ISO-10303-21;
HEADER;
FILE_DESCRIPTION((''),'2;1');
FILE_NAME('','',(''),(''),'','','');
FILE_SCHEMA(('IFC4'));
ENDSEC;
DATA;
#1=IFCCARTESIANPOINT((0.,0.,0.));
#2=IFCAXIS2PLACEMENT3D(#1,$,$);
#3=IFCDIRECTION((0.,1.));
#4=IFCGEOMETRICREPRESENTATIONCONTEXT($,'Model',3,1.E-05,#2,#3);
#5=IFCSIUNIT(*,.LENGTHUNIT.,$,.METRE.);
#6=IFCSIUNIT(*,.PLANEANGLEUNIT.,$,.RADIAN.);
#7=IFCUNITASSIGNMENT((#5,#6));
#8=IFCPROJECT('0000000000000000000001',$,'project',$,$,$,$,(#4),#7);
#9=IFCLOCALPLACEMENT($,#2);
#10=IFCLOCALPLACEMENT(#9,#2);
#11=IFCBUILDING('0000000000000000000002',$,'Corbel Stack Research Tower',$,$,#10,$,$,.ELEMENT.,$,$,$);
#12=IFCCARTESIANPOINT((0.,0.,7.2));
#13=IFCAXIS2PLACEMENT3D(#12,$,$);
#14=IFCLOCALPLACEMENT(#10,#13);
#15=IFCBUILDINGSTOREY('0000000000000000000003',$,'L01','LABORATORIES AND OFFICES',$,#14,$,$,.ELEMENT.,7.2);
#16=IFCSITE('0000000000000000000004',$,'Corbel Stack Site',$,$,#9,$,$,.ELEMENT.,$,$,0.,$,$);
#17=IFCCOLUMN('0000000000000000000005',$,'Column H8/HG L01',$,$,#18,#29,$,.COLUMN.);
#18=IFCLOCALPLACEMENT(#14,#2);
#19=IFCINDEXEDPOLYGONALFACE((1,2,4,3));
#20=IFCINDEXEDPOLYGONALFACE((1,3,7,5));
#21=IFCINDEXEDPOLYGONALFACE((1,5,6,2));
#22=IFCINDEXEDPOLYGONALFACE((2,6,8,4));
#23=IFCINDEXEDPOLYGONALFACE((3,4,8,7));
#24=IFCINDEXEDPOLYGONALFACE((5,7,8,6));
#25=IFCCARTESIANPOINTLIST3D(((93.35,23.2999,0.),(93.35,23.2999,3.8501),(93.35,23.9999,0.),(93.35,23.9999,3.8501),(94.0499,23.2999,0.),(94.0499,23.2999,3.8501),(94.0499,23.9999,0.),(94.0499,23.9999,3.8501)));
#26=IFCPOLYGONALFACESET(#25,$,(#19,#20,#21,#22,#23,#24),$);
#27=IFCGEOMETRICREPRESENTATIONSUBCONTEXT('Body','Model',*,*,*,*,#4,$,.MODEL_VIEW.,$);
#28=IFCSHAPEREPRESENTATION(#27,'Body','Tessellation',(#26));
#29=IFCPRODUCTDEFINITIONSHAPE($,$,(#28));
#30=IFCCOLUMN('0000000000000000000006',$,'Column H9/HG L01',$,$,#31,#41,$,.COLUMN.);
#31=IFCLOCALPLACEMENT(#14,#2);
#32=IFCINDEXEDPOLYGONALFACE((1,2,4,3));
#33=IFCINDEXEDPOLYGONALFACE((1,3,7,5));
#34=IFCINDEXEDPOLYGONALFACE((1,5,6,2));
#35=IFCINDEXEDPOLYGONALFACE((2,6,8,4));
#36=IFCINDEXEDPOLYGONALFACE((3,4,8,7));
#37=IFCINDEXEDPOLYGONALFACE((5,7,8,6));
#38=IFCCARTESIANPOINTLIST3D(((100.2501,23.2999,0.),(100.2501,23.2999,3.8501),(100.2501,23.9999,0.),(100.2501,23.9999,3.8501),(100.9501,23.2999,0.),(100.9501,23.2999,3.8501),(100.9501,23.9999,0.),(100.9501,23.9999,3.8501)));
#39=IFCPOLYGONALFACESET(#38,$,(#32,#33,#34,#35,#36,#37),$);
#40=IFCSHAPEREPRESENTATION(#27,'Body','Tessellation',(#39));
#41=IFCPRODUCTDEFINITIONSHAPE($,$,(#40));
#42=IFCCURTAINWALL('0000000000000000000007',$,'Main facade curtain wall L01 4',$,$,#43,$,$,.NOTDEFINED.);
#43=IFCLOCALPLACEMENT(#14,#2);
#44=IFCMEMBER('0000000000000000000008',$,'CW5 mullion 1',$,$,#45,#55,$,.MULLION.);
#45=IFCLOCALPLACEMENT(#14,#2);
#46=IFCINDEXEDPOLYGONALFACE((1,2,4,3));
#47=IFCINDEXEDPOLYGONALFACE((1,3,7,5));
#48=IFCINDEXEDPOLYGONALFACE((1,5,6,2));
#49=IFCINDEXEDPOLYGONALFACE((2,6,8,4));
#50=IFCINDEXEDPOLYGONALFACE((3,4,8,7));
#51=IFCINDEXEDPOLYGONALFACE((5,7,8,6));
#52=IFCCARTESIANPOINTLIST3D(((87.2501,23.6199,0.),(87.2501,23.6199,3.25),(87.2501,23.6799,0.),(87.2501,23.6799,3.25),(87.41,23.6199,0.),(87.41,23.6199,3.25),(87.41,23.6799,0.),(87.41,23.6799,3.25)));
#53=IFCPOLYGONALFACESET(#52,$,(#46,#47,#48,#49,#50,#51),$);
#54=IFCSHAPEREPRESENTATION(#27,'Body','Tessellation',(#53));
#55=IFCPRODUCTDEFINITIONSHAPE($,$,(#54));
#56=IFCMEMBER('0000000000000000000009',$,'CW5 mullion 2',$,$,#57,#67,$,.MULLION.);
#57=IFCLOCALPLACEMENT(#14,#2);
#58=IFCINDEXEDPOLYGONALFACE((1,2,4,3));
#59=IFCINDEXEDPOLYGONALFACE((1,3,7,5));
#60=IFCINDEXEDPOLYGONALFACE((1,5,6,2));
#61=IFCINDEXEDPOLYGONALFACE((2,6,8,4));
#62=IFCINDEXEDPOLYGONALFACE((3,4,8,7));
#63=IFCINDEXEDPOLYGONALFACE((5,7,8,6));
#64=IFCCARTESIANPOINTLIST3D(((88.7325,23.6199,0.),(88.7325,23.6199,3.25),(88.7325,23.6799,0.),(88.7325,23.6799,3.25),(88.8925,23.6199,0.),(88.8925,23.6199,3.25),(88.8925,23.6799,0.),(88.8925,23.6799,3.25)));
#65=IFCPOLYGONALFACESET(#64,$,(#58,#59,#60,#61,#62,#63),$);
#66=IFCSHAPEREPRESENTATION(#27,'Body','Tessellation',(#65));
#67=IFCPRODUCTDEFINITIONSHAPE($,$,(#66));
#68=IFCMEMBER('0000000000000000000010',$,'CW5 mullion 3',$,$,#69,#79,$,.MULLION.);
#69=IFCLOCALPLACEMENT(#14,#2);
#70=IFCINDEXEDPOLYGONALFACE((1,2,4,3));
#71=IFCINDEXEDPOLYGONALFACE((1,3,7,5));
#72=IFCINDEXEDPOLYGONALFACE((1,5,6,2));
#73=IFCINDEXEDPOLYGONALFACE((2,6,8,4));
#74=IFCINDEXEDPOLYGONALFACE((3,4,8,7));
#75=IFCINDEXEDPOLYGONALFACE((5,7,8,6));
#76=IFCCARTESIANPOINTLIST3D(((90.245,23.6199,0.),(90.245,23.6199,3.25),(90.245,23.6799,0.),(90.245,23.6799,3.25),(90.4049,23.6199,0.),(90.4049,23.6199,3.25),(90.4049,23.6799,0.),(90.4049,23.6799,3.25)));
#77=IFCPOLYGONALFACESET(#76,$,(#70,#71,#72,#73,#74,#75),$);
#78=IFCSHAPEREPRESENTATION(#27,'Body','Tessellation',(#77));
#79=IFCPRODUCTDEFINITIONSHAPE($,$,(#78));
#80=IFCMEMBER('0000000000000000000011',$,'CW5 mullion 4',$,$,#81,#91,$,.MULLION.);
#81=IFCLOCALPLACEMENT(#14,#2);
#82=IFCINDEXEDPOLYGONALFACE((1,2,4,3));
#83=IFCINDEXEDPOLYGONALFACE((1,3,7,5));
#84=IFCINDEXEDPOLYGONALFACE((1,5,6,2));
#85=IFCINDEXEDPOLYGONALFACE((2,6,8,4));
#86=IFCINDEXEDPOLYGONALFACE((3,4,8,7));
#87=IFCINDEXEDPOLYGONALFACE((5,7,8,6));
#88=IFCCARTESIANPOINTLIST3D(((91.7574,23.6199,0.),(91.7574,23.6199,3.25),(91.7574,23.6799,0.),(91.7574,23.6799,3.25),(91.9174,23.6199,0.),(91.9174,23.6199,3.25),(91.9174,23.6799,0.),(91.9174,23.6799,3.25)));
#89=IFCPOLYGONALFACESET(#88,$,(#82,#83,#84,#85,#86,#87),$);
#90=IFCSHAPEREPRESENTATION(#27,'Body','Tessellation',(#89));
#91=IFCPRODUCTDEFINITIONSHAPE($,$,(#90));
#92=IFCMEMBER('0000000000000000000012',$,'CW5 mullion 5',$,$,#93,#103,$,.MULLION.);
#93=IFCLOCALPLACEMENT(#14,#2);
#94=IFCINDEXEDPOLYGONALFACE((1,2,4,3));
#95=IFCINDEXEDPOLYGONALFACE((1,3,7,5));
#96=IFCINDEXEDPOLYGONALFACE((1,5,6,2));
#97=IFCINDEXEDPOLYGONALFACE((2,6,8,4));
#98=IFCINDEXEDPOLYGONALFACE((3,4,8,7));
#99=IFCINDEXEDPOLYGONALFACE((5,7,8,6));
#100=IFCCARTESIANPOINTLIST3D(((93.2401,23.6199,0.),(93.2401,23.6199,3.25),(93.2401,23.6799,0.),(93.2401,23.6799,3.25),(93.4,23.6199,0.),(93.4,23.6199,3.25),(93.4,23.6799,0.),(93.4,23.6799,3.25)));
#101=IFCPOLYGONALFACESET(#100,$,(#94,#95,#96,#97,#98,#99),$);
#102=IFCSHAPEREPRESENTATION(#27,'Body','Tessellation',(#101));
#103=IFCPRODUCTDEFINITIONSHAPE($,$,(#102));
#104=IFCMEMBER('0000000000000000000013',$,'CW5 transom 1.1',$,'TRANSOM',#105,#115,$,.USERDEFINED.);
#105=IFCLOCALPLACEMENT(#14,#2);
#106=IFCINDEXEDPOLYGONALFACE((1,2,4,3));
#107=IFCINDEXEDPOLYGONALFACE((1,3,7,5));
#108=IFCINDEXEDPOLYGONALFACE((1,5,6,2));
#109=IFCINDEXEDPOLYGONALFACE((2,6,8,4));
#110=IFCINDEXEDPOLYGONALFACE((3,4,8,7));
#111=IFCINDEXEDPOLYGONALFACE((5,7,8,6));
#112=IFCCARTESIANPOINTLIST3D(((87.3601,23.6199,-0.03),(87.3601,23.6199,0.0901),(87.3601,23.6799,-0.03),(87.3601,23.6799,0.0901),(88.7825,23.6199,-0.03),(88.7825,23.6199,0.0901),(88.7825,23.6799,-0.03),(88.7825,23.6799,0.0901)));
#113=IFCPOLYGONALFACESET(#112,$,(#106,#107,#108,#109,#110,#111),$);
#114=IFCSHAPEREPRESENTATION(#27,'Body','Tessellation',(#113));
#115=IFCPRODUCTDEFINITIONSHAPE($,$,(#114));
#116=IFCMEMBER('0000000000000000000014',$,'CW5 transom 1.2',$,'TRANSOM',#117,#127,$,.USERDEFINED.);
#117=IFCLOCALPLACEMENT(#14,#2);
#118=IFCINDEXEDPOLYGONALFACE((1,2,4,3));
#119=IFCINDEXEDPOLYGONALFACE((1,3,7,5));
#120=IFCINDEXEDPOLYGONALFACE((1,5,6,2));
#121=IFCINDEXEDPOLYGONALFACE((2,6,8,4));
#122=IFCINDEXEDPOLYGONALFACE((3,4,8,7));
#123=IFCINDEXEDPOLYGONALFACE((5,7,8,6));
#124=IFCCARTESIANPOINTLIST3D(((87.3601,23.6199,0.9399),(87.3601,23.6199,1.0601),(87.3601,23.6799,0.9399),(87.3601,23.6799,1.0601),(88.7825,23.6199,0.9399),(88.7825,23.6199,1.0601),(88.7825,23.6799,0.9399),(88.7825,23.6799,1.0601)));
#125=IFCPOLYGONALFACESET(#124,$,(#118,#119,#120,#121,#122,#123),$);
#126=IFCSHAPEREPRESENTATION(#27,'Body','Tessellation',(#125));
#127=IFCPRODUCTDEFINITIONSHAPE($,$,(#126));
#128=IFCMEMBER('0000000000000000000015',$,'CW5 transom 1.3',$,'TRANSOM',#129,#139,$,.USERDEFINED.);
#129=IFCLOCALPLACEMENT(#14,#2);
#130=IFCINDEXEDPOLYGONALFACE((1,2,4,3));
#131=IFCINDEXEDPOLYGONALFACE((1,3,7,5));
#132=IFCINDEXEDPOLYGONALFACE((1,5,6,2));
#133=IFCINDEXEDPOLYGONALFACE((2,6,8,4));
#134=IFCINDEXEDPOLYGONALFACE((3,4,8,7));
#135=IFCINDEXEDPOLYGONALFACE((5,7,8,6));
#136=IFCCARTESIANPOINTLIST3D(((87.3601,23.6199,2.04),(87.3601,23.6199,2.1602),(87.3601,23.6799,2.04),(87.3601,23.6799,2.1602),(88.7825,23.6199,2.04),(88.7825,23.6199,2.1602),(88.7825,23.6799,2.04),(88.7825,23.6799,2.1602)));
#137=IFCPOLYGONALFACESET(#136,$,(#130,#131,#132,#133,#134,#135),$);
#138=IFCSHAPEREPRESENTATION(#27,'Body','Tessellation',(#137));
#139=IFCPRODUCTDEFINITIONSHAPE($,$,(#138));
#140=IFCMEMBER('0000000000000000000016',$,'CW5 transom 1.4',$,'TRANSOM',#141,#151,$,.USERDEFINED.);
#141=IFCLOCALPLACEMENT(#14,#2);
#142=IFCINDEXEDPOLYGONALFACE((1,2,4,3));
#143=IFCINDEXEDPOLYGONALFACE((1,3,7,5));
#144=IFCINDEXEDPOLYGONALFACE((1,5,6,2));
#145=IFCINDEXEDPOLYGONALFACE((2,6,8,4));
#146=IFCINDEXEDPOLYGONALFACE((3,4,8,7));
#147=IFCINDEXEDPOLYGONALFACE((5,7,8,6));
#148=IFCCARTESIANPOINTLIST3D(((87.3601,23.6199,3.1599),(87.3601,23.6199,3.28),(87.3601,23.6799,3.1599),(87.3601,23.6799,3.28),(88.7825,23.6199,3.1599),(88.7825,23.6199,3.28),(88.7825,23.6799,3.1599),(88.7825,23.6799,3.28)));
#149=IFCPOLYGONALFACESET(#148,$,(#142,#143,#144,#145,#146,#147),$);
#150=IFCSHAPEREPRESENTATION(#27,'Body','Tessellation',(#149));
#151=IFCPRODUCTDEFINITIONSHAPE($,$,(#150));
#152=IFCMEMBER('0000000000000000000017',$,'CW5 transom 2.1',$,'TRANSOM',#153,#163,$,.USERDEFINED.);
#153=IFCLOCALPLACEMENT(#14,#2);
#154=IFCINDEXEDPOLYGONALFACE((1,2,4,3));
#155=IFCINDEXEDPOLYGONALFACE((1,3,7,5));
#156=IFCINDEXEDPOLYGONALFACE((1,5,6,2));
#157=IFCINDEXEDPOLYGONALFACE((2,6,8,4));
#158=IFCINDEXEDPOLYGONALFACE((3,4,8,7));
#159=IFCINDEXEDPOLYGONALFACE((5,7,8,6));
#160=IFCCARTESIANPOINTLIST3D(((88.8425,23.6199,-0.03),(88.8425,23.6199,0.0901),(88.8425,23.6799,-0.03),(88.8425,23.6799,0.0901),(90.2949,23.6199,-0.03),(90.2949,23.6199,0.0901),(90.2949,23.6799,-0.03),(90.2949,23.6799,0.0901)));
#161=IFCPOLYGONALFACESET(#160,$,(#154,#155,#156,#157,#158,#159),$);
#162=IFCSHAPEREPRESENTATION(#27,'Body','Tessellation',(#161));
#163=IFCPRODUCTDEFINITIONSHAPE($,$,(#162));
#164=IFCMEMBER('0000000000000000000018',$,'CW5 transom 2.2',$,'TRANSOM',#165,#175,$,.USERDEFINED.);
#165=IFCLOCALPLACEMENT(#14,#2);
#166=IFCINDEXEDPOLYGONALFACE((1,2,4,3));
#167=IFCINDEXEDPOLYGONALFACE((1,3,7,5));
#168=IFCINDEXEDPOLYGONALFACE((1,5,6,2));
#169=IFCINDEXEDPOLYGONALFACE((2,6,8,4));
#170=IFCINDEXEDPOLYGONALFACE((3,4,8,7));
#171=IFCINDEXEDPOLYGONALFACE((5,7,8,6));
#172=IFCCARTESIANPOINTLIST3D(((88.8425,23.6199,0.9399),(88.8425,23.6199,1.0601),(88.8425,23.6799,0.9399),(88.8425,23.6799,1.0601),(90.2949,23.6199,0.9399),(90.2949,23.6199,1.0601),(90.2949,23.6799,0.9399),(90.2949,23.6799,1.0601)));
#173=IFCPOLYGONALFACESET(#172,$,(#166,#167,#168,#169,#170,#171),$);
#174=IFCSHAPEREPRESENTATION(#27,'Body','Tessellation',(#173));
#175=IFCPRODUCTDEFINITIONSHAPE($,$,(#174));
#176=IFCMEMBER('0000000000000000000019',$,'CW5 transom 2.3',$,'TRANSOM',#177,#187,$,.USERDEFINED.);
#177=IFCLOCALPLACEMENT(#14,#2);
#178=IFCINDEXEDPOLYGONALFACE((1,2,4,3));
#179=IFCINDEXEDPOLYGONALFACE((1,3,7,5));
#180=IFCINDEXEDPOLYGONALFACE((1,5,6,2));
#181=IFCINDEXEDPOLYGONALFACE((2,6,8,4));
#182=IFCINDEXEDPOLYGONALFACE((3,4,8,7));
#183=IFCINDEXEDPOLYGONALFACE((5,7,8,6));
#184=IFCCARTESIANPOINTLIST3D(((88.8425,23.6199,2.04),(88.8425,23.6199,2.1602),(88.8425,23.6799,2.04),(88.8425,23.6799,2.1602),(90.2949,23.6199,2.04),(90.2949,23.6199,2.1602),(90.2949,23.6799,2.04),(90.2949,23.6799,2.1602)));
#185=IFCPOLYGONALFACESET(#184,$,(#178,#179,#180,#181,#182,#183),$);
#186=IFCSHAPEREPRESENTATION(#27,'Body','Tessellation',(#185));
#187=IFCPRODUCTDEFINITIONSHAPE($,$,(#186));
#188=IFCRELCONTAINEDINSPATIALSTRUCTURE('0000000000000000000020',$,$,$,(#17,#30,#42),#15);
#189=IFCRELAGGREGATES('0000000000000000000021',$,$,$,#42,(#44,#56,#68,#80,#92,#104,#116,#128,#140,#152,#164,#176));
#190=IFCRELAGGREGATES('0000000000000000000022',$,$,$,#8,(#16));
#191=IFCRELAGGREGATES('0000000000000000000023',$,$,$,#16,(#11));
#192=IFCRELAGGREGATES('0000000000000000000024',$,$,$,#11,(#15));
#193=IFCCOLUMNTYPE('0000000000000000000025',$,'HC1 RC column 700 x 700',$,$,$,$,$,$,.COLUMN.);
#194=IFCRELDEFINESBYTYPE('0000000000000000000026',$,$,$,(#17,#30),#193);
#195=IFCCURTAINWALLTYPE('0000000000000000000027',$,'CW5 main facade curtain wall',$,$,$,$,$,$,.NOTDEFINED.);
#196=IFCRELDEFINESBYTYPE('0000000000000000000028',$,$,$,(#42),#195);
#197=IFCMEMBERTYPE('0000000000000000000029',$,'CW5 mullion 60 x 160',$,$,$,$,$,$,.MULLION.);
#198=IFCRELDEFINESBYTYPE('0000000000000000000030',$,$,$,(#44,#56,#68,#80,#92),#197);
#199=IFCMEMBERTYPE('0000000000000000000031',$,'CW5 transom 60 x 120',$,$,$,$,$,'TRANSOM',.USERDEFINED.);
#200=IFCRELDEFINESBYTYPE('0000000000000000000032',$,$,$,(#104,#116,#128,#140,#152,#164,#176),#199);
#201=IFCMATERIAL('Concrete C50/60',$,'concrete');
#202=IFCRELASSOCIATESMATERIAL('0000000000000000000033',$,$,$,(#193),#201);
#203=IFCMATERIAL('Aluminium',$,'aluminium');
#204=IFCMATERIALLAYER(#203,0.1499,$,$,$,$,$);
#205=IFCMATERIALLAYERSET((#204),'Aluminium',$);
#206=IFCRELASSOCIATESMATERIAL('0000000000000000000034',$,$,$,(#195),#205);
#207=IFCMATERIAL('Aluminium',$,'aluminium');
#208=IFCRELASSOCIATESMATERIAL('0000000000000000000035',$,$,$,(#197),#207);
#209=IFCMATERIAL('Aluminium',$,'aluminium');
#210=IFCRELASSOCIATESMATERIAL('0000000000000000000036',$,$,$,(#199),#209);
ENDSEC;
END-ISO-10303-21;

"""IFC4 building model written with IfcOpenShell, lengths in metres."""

from ifc_helpers import new_model, si_unit, direction, frame, origin, origin_2d, place, context, subcontext, project, spatial, rectangle, extrude, material, layer, layer_set, material_profile, profile_set, type_object, element, aggregate, save


model = new_model("IFC4")

# Units and contexts
model_context = context("Model", 3, precision=1e-05, world=origin(), true_north=direction((0.0, 1.0)))
body_context = subcontext(model_context, "Body", "Model", "MODEL_VIEW")
ifc_project = project(units=[si_unit("LENGTHUNIT", "METRE"), si_unit("PLANEANGLEUNIT", "RADIAN")], contexts=[model_context])

# Site, building, storey
site_placement = place(None, origin())
site = spatial("IfcSite", under=ifc_project, at=site_placement, Name="Corbel Stack Site", CompositionType="ELEMENT", RefElevation=0.0)
building_placement = place(site_placement, origin())
building = spatial("IfcBuilding", under=site, at=building_placement, Name="Corbel Stack Research Tower", CompositionType="ELEMENT")
storey_placement = place(building_placement, frame((0.0, 0.0, 7.2)))
storey = spatial("IfcBuildingStorey", under=building, at=storey_placement, Name="L01", Description="LABORATORIES AND OFFICES", CompositionType="ELEMENT", Elevation=7.2)

# Columns
ifc_material_1 = material(Name="Concrete C50/60", Category="concrete")
ifc_material_profile_1 = material_profile(ifc_material_1, rectangle(XDim=0.7, YDim=0.7, at=origin_2d()), Name="RC 700 x 700")
ifc_profile_set_1 = profile_set([ifc_material_profile_1], Name="Concrete C50/60")
column_type = type_object("IfcColumnType", Name="HC1 RC column 700 x 700", PredefinedType="COLUMN", material=ifc_profile_set_1)
for number, where, z_axis, x_axis, name in (
    (1, (93.7, 23.6499, 0.0), (0.0, 0.0, 1.0), (1.0, 0.0, 0.0), "Column H8/HG L01"),
    (2, (100.6001, 23.6499, 0.0), (0.0, 0.0, 1.0), (1.0, 0.0, 0.0), "Column H9/HG L01"),
):
    element("IfcColumn", number, at=place(storey_placement, frame(where, z_axis=z_axis, x_axis=x_axis)), inside=storey, type_object=column_type, Name=name, PredefinedType="COLUMN", context=body_context, shape_type="SweptSolid", body=[
        extrude(rectangle(XDim=0.7, YDim=0.7, at=origin_2d()), origin(), (0.0, 0.0, 1.0), 3.8501),
    ])

# Curtain wall, members
ifc_material_2 = material(Name="Aluminium", Category="aluminium")
ifc_layer_1 = layer(ifc_material_2, 0.1499)
ifc_layer_set_1 = layer_set([ifc_layer_1], Name="Aluminium")
curtain_wall_type = type_object("IfcCurtainWallType", Name="CW5 main facade curtain wall", PredefinedType="NOTDEFINED", material=ifc_layer_set_1)
curtain_wall_placement = place(storey_placement, origin())
curtain_wall = element("IfcCurtainWall", 3, at=curtain_wall_placement, inside=storey, type_object=curtain_wall_type, Name="Main facade curtain wall L01 4", PredefinedType="NOTDEFINED")
ifc_material_3 = material(Name="Aluminium", Category="aluminium")
ifc_material_profile_2 = material_profile(ifc_material_3, rectangle(XDim=0.0601, YDim=0.1599, at=origin_2d()), Name="Mullion 60 x 160")
ifc_profile_set_2 = profile_set([ifc_material_profile_2], Name="Aluminium")
member_type_1 = type_object("IfcMemberType", Name="CW5 mullion 60 x 160", PredefinedType="MULLION", material=ifc_profile_set_2)
member_1_placement = place(storey_placement, frame((87.3301, 23.6499, 0.0), z_axis=(0.0, 0.0, 1.0), x_axis=(0.0, 1.0, 0.0)))
member_1 = element("IfcMember", 4, at=member_1_placement, type_object=member_type_1, Name="CW5 mullion 1", PredefinedType="MULLION", context=body_context, shape_type="SweptSolid", body=[
    extrude(rectangle(XDim=0.0601, YDim=0.1599, at=origin_2d()), origin(), (0.0, 0.0, 1.0), 3.25),
])
member_2_placement = place(storey_placement, frame((88.8125, 23.6499, 0.0), z_axis=(0.0, 0.0, 1.0), x_axis=(0.0, 1.0, 0.0)))
member_2 = element("IfcMember", 5, at=member_2_placement, type_object=member_type_1, Name="CW5 mullion 2", PredefinedType="MULLION", context=body_context, shape_type="SweptSolid", body=[
    extrude(rectangle(XDim=0.0601, YDim=0.1599, at=origin_2d()), origin(), (0.0, 0.0, 1.0), 3.25),
])
member_3_placement = place(storey_placement, frame((90.325, 23.6499, 0.0), z_axis=(0.0, 0.0, 1.0), x_axis=(0.0, 1.0, 0.0)))
member_3 = element("IfcMember", 6, at=member_3_placement, type_object=member_type_1, Name="CW5 mullion 3", PredefinedType="MULLION", context=body_context, shape_type="SweptSolid", body=[
    extrude(rectangle(XDim=0.0601, YDim=0.1599, at=origin_2d()), origin(), (0.0, 0.0, 1.0), 3.25),
])
member_4_placement = place(storey_placement, frame((91.8374, 23.6499, 0.0), z_axis=(0.0, 0.0, 1.0), x_axis=(0.0, 1.0, 0.0)))
member_4 = element("IfcMember", 7, at=member_4_placement, type_object=member_type_1, Name="CW5 mullion 4", PredefinedType="MULLION", context=body_context, shape_type="SweptSolid", body=[
    extrude(rectangle(XDim=0.0601, YDim=0.1599, at=origin_2d()), origin(), (0.0, 0.0, 1.0), 3.25),
])
member_5_placement = place(storey_placement, frame((93.3201, 23.6499, 0.0), z_axis=(0.0, 0.0, 1.0), x_axis=(0.0, 1.0, 0.0)))
member_5 = element("IfcMember", 8, at=member_5_placement, type_object=member_type_1, Name="CW5 mullion 5", PredefinedType="MULLION", context=body_context, shape_type="SweptSolid", body=[
    extrude(rectangle(XDim=0.0601, YDim=0.1599, at=origin_2d()), origin(), (0.0, 0.0, 1.0), 3.25),
])
ifc_material_4 = material(Name="Aluminium", Category="aluminium")
ifc_material_profile_3 = material_profile(ifc_material_4, rectangle(XDim=0.0601, YDim=0.1201, at=origin_2d()), Name="Transom 60 x 120")
ifc_profile_set_3 = profile_set([ifc_material_profile_3], Name="Aluminium")
member_type_2 = type_object("IfcMemberType", Name="CW5 transom 60 x 120", ElementType="TRANSOM", PredefinedType="USERDEFINED", material=ifc_profile_set_3)
member_6_placement = place(storey_placement, frame((87.3601, 23.6499, 0.03), z_axis=(1.0, 0.0, 0.0), x_axis=(0.0, 1.0, 0.0)))
member_6 = element("IfcMember", 9, at=member_6_placement, type_object=member_type_2, Name="CW5 transom 1.1", ObjectType="TRANSOM", PredefinedType="USERDEFINED", context=body_context, shape_type="SweptSolid", body=[
    extrude(rectangle(XDim=0.0601, YDim=0.1201, at=origin_2d()), origin(), (0.0, 0.0, 1.0), 1.4224),
])
member_7_placement = place(storey_placement, frame((87.3601, 23.6499, 1.0), z_axis=(1.0, 0.0, 0.0), x_axis=(0.0, 1.0, 0.0)))
member_7 = element("IfcMember", 10, at=member_7_placement, type_object=member_type_2, Name="CW5 transom 1.2", ObjectType="TRANSOM", PredefinedType="USERDEFINED", context=body_context, shape_type="SweptSolid", body=[
    extrude(rectangle(XDim=0.0601, YDim=0.1201, at=origin_2d()), origin(), (0.0, 0.0, 1.0), 1.4224),
])
member_8_placement = place(storey_placement, frame((87.3601, 23.6499, 2.1001), z_axis=(1.0, 0.0, 0.0), x_axis=(0.0, 1.0, 0.0)))
member_8 = element("IfcMember", 11, at=member_8_placement, type_object=member_type_2, Name="CW5 transom 1.3", ObjectType="TRANSOM", PredefinedType="USERDEFINED", context=body_context, shape_type="SweptSolid", body=[
    extrude(rectangle(XDim=0.0601, YDim=0.1201, at=origin_2d()), origin(), (0.0, 0.0, 1.0), 1.4224),
])
member_9_placement = place(storey_placement, frame((87.3601, 23.6499, 3.22), z_axis=(1.0, 0.0, 0.0), x_axis=(0.0, 1.0, 0.0)))
member_9 = element("IfcMember", 12, at=member_9_placement, type_object=member_type_2, Name="CW5 transom 1.4", ObjectType="TRANSOM", PredefinedType="USERDEFINED", context=body_context, shape_type="SweptSolid", body=[
    extrude(rectangle(XDim=0.0601, YDim=0.1201, at=origin_2d()), origin(), (0.0, 0.0, 1.0), 1.4224),
])
member_10_placement = place(storey_placement, frame((88.8425, 23.6499, 0.03), z_axis=(1.0, 0.0, 0.0), x_axis=(0.0, 1.0, 0.0)))
member_10 = element("IfcMember", 13, at=member_10_placement, type_object=member_type_2, Name="CW5 transom 2.1", ObjectType="TRANSOM", PredefinedType="USERDEFINED", context=body_context, shape_type="SweptSolid", body=[
    extrude(rectangle(XDim=0.0601, YDim=0.1201, at=origin_2d()), origin(), (0.0, 0.0, 1.0), 1.4524),
])
member_11_placement = place(storey_placement, frame((88.8425, 23.6499, 1.0), z_axis=(1.0, 0.0, 0.0), x_axis=(0.0, 1.0, 0.0)))
member_11 = element("IfcMember", 14, at=member_11_placement, type_object=member_type_2, Name="CW5 transom 2.2", ObjectType="TRANSOM", PredefinedType="USERDEFINED", context=body_context, shape_type="SweptSolid", body=[
    extrude(rectangle(XDim=0.0601, YDim=0.1201, at=origin_2d()), origin(), (0.0, 0.0, 1.0), 1.4524),
])
member_12_placement = place(storey_placement, frame((88.8425, 23.6499, 2.1001), z_axis=(1.0, 0.0, 0.0), x_axis=(0.0, 1.0, 0.0)))
member_12 = element("IfcMember", 15, at=member_12_placement, type_object=member_type_2, Name="CW5 transom 2.3", ObjectType="TRANSOM", PredefinedType="USERDEFINED", context=body_context, shape_type="SweptSolid", body=[
    extrude(rectangle(XDim=0.0601, YDim=0.1201, at=origin_2d()), origin(), (0.0, 0.0, 1.0), 1.4524),
])
aggregate(curtain_wall, [member_1, member_2, member_3, member_4, member_5, member_6, member_7, member_8, member_9, member_10, member_11, member_12])

save(model, "model.ifc")
